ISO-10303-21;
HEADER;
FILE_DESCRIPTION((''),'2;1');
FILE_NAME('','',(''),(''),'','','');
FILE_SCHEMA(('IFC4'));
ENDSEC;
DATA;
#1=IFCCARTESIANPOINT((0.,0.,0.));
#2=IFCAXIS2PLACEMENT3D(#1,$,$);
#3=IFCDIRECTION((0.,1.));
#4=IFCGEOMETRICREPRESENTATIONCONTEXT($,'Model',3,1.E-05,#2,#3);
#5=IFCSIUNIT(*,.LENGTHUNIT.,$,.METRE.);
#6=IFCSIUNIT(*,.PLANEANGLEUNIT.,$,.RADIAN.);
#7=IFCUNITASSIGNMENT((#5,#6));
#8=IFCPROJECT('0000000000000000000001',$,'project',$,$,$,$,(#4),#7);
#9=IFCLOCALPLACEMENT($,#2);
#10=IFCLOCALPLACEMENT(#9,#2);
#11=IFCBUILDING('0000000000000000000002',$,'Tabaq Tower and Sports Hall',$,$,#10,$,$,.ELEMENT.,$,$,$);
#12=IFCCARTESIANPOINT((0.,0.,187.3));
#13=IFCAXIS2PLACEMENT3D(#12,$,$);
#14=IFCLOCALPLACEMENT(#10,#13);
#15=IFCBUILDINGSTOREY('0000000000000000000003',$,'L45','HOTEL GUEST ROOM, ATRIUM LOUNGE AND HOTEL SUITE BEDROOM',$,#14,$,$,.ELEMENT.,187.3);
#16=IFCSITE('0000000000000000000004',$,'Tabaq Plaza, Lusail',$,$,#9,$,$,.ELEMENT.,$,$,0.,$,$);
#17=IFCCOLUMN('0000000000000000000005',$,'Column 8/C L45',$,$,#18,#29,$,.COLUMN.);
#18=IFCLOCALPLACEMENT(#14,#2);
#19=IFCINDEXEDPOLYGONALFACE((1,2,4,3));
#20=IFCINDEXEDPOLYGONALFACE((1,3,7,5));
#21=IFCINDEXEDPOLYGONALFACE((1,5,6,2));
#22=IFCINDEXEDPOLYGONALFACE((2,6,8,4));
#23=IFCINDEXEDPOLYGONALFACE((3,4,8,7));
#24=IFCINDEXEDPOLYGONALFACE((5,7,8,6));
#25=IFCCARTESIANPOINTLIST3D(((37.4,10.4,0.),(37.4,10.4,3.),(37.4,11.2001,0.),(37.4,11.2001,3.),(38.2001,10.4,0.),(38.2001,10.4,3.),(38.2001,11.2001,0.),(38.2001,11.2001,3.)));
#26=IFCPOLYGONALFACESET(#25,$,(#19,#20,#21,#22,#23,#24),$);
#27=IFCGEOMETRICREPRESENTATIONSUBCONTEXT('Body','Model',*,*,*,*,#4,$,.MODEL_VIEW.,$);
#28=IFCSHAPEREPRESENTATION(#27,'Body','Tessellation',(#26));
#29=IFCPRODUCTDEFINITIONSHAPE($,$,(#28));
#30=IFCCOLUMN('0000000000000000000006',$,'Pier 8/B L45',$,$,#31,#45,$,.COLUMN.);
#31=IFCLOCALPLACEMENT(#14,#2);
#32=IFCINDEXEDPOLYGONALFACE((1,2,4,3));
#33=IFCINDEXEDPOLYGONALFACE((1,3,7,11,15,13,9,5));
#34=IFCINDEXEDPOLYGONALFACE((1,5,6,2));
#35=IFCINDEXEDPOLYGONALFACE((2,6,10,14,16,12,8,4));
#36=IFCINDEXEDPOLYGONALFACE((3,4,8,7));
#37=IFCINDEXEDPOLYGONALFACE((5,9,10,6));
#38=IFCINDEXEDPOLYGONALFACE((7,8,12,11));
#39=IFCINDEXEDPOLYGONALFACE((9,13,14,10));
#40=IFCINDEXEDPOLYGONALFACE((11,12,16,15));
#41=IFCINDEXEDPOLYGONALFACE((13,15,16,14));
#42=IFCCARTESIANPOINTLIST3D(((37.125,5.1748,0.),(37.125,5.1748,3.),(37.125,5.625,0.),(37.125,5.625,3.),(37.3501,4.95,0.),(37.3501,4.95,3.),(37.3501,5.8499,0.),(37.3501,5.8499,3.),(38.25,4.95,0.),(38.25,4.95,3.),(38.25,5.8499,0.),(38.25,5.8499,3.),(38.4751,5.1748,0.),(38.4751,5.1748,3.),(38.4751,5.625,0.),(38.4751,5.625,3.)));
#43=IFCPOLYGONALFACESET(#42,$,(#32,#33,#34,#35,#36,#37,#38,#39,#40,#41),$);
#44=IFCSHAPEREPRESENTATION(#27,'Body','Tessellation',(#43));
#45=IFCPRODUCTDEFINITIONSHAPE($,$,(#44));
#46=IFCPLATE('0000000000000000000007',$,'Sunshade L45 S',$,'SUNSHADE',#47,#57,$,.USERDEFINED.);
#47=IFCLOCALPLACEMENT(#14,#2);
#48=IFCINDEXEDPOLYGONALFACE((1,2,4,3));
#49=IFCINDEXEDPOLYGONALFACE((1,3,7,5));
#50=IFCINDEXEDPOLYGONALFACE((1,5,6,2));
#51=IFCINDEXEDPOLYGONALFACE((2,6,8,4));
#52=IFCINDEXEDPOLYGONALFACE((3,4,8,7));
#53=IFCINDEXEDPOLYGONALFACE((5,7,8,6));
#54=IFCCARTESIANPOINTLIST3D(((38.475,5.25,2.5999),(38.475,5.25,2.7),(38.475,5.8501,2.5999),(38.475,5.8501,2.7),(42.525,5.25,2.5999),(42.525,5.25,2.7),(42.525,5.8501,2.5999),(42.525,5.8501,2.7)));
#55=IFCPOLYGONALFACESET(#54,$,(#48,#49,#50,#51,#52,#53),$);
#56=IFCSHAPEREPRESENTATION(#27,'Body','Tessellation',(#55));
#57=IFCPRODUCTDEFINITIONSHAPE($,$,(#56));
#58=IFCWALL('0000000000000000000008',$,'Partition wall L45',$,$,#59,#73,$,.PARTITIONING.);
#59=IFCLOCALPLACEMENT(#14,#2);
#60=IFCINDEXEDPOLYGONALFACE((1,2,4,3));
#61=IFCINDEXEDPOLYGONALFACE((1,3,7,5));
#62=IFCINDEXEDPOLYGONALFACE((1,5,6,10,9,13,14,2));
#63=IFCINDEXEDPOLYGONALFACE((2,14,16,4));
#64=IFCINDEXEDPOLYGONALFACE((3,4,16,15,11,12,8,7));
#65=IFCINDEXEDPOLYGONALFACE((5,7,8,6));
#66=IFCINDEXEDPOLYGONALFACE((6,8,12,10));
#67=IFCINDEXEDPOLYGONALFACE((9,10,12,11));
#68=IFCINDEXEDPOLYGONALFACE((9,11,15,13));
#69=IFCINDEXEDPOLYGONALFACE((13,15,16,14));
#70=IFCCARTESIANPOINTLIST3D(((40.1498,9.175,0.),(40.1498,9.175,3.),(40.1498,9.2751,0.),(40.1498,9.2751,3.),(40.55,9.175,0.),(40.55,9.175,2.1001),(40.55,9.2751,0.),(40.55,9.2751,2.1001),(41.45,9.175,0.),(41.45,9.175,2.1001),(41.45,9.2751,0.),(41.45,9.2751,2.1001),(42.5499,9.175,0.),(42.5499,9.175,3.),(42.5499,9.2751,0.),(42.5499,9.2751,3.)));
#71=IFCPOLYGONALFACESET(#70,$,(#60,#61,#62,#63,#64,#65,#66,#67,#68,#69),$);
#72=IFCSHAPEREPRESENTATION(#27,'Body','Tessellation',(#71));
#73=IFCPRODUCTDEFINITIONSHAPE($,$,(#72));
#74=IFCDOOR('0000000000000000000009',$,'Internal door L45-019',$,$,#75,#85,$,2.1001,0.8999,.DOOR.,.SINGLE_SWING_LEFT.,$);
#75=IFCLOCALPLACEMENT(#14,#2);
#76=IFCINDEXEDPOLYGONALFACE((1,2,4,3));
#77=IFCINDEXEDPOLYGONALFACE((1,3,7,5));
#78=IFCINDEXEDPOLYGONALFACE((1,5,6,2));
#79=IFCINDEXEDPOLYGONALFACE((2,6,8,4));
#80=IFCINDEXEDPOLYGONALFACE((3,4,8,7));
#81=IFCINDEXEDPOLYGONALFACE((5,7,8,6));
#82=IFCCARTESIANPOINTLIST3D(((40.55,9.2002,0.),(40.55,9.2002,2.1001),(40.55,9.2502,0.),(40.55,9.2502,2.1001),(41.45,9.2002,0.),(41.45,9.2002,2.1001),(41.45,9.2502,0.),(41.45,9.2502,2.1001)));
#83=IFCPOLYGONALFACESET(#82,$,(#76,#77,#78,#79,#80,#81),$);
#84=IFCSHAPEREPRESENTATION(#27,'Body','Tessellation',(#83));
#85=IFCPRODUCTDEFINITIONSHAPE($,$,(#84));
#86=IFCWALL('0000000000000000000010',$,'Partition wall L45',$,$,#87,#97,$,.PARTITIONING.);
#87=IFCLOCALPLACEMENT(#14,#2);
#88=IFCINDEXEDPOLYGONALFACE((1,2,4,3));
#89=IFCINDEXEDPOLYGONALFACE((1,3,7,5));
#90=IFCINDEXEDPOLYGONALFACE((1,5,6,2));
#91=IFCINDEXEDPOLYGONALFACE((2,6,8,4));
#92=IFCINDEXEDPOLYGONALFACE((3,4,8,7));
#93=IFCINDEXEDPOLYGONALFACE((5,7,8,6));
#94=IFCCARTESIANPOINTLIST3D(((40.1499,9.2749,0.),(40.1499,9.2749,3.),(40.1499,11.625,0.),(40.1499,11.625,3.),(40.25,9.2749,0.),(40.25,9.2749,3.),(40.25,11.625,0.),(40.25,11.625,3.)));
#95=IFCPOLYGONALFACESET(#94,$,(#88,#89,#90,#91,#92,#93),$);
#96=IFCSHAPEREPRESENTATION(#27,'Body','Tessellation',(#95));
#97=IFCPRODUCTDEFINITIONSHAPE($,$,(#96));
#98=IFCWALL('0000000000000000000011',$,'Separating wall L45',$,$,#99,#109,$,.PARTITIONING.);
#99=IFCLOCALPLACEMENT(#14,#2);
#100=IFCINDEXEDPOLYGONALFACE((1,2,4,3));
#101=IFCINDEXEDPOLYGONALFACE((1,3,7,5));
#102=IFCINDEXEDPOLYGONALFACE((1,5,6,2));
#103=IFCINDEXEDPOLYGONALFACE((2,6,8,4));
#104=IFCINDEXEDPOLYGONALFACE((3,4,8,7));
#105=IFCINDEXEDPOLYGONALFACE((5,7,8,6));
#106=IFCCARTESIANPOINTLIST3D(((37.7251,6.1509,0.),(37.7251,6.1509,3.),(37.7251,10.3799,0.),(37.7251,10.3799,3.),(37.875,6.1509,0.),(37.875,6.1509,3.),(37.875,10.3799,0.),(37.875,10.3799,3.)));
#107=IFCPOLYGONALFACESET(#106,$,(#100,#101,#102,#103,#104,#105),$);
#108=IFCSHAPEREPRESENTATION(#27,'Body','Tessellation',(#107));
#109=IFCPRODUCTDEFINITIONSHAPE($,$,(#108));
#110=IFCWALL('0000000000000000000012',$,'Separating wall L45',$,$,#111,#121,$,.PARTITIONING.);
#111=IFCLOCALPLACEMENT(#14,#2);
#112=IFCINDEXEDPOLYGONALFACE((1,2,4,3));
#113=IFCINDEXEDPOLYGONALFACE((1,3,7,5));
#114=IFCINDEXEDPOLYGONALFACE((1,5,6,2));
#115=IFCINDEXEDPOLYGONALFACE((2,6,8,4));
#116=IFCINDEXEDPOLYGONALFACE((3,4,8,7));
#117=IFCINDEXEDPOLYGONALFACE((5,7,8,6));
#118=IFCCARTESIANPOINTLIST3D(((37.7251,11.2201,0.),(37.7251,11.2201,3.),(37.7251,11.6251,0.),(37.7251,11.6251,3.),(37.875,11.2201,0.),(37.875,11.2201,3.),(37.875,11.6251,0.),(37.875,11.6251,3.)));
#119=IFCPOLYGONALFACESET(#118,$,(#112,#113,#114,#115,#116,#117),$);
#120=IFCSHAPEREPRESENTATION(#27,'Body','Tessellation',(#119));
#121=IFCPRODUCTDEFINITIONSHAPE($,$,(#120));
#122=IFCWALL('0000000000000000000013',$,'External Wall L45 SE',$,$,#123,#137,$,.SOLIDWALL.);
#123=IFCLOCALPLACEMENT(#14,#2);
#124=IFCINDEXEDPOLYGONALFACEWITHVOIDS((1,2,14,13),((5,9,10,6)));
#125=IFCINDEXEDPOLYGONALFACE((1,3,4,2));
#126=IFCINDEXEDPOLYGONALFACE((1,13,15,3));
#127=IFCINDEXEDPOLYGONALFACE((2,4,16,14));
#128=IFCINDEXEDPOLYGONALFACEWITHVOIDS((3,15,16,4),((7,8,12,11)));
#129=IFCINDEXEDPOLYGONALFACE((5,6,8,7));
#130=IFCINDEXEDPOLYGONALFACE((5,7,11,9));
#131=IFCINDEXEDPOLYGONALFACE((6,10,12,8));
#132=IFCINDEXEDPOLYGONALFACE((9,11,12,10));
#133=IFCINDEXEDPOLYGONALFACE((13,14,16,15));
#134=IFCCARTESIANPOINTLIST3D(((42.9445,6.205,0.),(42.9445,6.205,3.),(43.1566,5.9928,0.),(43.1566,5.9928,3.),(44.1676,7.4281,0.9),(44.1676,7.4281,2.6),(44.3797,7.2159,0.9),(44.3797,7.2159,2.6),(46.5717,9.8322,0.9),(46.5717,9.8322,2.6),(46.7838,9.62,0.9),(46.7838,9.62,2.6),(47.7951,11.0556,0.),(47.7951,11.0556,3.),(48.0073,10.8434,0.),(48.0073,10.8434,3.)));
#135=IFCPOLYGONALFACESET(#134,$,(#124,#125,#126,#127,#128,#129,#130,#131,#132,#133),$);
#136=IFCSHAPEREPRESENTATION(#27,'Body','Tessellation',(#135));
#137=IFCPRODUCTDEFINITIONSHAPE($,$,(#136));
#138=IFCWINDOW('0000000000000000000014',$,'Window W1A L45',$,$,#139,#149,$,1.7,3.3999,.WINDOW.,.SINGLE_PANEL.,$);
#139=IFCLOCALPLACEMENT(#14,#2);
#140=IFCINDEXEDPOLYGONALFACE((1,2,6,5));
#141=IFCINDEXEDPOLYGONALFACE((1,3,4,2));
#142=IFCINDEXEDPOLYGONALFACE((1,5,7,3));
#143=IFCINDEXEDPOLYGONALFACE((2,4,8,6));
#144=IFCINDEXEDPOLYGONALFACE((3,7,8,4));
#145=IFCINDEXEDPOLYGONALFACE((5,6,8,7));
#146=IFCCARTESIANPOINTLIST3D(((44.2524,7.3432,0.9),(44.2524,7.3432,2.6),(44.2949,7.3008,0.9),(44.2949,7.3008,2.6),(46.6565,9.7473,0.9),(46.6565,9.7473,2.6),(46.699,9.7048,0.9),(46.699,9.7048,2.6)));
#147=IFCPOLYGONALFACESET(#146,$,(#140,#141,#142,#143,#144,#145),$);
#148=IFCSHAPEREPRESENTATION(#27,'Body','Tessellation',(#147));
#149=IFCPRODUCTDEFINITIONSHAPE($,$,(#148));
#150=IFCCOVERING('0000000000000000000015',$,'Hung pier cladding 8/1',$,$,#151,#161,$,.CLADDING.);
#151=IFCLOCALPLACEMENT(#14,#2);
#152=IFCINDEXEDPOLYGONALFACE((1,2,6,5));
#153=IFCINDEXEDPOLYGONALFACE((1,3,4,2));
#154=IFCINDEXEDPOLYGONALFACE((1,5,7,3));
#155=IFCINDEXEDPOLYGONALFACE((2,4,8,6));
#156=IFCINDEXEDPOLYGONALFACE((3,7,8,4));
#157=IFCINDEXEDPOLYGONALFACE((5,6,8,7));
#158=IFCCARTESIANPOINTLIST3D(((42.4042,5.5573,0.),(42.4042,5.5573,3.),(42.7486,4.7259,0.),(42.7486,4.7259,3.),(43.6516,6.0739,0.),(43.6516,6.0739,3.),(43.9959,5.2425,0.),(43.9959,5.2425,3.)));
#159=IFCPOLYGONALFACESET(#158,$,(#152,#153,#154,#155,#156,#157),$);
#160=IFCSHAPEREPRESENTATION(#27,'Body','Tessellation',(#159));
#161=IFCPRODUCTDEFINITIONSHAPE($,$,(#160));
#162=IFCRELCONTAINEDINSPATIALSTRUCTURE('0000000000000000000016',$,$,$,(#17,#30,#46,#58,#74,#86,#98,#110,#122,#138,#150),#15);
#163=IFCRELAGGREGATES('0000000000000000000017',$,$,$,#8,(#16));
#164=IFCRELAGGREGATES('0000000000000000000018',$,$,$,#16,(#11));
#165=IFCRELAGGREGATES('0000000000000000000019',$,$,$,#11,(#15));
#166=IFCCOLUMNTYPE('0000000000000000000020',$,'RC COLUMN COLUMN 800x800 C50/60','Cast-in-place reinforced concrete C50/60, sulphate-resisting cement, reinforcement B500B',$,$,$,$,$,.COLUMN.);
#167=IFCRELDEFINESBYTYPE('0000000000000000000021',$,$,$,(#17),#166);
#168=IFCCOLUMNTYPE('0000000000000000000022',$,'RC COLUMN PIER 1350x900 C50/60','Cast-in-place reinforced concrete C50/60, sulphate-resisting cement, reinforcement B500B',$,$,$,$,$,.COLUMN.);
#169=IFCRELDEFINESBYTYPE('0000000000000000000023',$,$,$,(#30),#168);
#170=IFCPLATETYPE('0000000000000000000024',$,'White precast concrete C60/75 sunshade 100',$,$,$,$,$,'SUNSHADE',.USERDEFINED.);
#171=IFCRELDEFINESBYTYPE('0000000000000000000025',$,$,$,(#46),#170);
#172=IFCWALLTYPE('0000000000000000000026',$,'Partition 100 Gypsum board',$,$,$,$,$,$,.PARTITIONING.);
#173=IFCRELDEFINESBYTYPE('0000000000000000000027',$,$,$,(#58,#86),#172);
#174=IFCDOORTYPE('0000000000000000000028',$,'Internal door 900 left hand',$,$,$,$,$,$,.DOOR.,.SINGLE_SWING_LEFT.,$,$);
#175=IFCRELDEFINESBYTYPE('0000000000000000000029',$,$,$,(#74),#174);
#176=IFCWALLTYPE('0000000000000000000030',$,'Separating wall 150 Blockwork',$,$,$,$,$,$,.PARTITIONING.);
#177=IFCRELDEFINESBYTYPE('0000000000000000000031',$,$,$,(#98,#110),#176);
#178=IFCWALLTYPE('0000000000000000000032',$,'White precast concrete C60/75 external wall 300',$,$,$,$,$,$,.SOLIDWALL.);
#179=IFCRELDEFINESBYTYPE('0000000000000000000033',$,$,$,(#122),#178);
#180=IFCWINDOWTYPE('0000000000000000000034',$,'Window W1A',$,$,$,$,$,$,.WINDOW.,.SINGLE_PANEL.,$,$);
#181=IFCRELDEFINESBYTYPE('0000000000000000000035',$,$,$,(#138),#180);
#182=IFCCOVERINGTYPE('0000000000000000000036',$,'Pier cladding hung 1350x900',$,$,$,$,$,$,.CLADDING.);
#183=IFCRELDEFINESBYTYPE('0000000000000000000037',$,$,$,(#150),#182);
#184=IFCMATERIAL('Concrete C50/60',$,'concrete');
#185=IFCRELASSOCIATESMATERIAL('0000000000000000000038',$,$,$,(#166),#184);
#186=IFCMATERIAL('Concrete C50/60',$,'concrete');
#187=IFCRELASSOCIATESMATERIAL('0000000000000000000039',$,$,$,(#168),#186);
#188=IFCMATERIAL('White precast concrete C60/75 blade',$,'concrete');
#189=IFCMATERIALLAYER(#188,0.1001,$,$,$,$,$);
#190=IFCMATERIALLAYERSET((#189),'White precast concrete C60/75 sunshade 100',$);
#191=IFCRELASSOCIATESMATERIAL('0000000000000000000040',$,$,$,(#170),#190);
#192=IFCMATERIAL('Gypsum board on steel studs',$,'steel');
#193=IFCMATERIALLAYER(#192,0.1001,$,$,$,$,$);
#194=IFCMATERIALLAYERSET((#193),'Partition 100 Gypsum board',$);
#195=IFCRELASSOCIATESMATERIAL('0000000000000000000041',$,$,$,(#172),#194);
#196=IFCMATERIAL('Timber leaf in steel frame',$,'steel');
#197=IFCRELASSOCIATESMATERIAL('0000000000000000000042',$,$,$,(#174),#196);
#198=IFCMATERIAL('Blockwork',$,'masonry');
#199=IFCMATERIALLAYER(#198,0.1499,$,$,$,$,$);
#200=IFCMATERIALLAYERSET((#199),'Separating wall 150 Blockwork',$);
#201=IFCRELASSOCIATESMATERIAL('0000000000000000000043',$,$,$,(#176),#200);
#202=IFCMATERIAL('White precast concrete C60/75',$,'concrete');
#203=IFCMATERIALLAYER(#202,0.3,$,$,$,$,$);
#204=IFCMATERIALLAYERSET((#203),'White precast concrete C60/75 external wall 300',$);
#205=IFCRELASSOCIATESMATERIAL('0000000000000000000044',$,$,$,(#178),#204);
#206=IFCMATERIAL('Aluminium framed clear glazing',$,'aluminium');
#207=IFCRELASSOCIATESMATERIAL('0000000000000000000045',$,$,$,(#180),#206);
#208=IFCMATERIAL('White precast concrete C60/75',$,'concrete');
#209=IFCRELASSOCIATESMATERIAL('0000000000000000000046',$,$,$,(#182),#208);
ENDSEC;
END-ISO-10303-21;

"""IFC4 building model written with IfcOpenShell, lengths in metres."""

from ifc_helpers import new_model, si_unit, direction, frame, frame_2d, origin, origin_2d, place, context, subcontext, project, spatial, polyline, rectangle, outline, extrude, material, layer, layer_set, material_profile, profile_set, type_object, element, fill, save


model = new_model("IFC4")

# Units and contexts
model_context = context("Model", 3, precision=1e-05, world=origin(), true_north=direction((0.0, 1.0)))
body_context = subcontext(model_context, "Body", "Model", "MODEL_VIEW")
ifc_project = project(units=[si_unit("LENGTHUNIT", "METRE"), si_unit("PLANEANGLEUNIT", "RADIAN")], contexts=[model_context])

# Site, building, storey
site_placement = place(None, origin())
site = spatial("IfcSite", under=ifc_project, at=site_placement, Name="Tabaq Plaza, Lusail", CompositionType="ELEMENT", RefElevation=0.0)
building_placement = place(site_placement, origin())
building = spatial("IfcBuilding", under=site, at=building_placement, Name="Tabaq Tower and Sports Hall", CompositionType="ELEMENT")
storey_placement = place(building_placement, frame((0.0, 0.0, 187.3)))
storey = spatial("IfcBuildingStorey", under=building, at=storey_placement, Name="L45", Description="HOTEL GUEST ROOM, ATRIUM LOUNGE AND HOTEL SUITE BEDROOM", CompositionType="ELEMENT", Elevation=187.3)

# Columns
ifc_material_1 = material(Name="Concrete C50/60", Category="concrete")
ifc_material_profile_1 = material_profile(ifc_material_1, rectangle(XDim=0.8, YDim=0.8, at=origin_2d()), Name="COLUMN 800x800")
ifc_profile_set_1 = profile_set([ifc_material_profile_1], Name="Concrete C50/60")
column_type_1 = type_object("IfcColumnType", Name="RC COLUMN COLUMN 800x800 C50/60", Description="Cast-in-place reinforced concrete C50/60, sulphate-resisting cement, reinforcement B500B", PredefinedType="COLUMN", material=ifc_profile_set_1)
column_1_placement = place(storey_placement, frame((37.8, 10.8, 0.0), z_axis=(0.0, 0.0, 1.0), x_axis=(1.0, 0.0, 0.0)))
element("IfcColumn", 1, at=column_1_placement, inside=storey, type_object=column_type_1, Name="Column 8/C L45", PredefinedType="COLUMN", context=body_context, shape_type="SweptSolid", body=[
    extrude(rectangle(XDim=0.8, YDim=0.8, at=origin_2d()), origin(), (0.0, 0.0, 1.0), 3.0),
])
ifc_material_2 = material(Name="Concrete C50/60", Category="concrete")
ifc_material_profile_2 = material_profile(ifc_material_2, outline(polyline([(-0.45, -0.45), (0.45, -0.45), (0.675, -0.2251), (0.675, 0.2251), (0.45, 0.45), (-0.45, 0.45), (-0.675, 0.2251), (-0.675, -0.2251), (-0.45, -0.45)])), Name="PIER 1350x900")
ifc_profile_set_2 = profile_set([ifc_material_profile_2], Name="Concrete C50/60")
column_type_2 = type_object("IfcColumnType", Name="RC COLUMN PIER 1350x900 C50/60", Description="Cast-in-place reinforced concrete C50/60, sulphate-resisting cement, reinforcement B500B", PredefinedType="COLUMN", material=ifc_profile_set_2)
column_2_placement = place(storey_placement, frame((37.8, 5.3999, 0.0), z_axis=(0.0, 0.0, 1.0), x_axis=(1.0, 0.0, 0.0)))
element("IfcColumn", 2, at=column_2_placement, inside=storey, type_object=column_type_2, Name="Pier 8/B L45", PredefinedType="COLUMN", context=body_context, shape_type="SweptSolid", body=[
    extrude(outline(polyline([(-0.45, -0.45), (0.45, -0.45), (0.675, -0.2251), (0.675, 0.2251), (0.45, 0.45), (-0.45, 0.45), (-0.675, 0.2251), (-0.675, -0.2251), (-0.45, -0.45)])), origin(), (0.0, 0.0, 1.0), 3.0),
])

# Plate
ifc_material_3 = material(Name="White precast concrete C60/75 blade", Category="concrete")
ifc_layer_1 = layer(ifc_material_3, 0.1001)
ifc_layer_set_1 = layer_set([ifc_layer_1], Name="White precast concrete C60/75 sunshade 100")
plate_type = type_object("IfcPlateType", Name="White precast concrete C60/75 sunshade 100", ElementType="SUNSHADE", PredefinedType="USERDEFINED", material=ifc_layer_set_1)
plate_placement = place(storey_placement, frame((40.5, 5.55, 2.5999), z_axis=(0.0, 0.0, 1.0), x_axis=(1.0, 0.0, 0.0)))
element("IfcPlate", 3, at=plate_placement, inside=storey, type_object=plate_type, Name="Sunshade L45 S", ObjectType="SUNSHADE", PredefinedType="USERDEFINED", context=body_context, shape_type="SweptSolid", body=[
    extrude(rectangle(XDim=4.05, YDim=0.6001, at=origin_2d()), origin(), (0.0, 0.0, 1.0), 0.1001),
])

# Wall, opening, door
ifc_material_4 = material(Name="Gypsum board on steel studs", Category="steel")
ifc_layer_2 = layer(ifc_material_4, 0.1001)
ifc_layer_set_2 = layer_set([ifc_layer_2], Name="Partition 100 Gypsum board")
wall_type_1 = type_object("IfcWallType", Name="Partition 100 Gypsum board", PredefinedType="PARTITIONING", material=ifc_layer_set_2)
wall_1_placement = place(storey_placement, frame((42.55, 9.2251, 0.0), z_axis=(0.0, 0.0, 1.0), x_axis=(-1.0, 0.0, 0.0)))
wall_1 = element("IfcWall", 4, at=wall_1_placement, inside=storey, type_object=wall_type_1, Name="Partition wall L45", PredefinedType="PARTITIONING", context=body_context, shape_type="SweptSolid", body=[
    extrude(rectangle(XDim=2.4001, YDim=0.1001, at=frame_2d((1.2002, 0.0))), origin(), (0.0, 0.0, 1.0), 3.0),
])
opening_1_placement = place(wall_1_placement, frame((1.1001, 0.0, 0.0)))
opening_1 = element("IfcOpeningElement", 5, at=opening_1_placement, cuts=wall_1, PredefinedType="OPENING", context=body_context, shape_type="SweptSolid", body=[
    extrude(rectangle(XDim=0.8999, YDim=2.1001, at=frame_2d((0.45, 1.05))), frame((0.0, 0.05, 0.0), z_axis=(0.0, -1.0, 0.0), x_axis=(1.0, 0.0, 0.0)), (0.0, 0.0, 1.0), 0.1001),
])
ifc_material_5 = material(Name="Timber leaf in steel frame", Category="steel")
door_type = type_object("IfcDoorType", Name="Internal door 900 left hand", OperationType="SINGLE_SWING_LEFT", PredefinedType="DOOR", material=ifc_material_5)
door_placement = place(opening_1_placement, origin())
door = element("IfcDoor", 6, at=door_placement, inside=storey, type_object=door_type, Name="Internal door L45-019", OperationType="SINGLE_SWING_LEFT", OverallHeight=2.1001, OverallWidth=0.8999, PredefinedType="DOOR", context=body_context, shape_type="SweptSolid", body=[
    extrude(rectangle(XDim=0.8999, YDim=2.1001, at=frame_2d((0.45, 1.05))), frame((0.0, 0.0249, 0.0), z_axis=(0.0, -1.0, 0.0), x_axis=(1.0, 0.0, 0.0)), (0.0, 0.0, 1.0), 0.05),
])
fill(opening_1, door)

# Walls
wall_2_placement = place(storey_placement, frame((40.2, 9.2749, 0.0), z_axis=(0.0, 0.0, 1.0), x_axis=(0.0, 1.0, 0.0)))
element("IfcWall", 7, at=wall_2_placement, inside=storey, type_object=wall_type_1, Name="Partition wall L45", PredefinedType="PARTITIONING", context=body_context, shape_type="SweptSolid", body=[
    extrude(rectangle(XDim=2.3501, YDim=0.1001, at=frame_2d((1.175, 0.0))), origin(), (0.0, 0.0, 1.0), 3.0),
])
ifc_material_6 = material(Name="Blockwork", Category="masonry")
ifc_layer_3 = layer(ifc_material_6, 0.1499)
ifc_layer_set_3 = layer_set([ifc_layer_3], Name="Separating wall 150 Blockwork")
wall_type_2 = type_object("IfcWallType", Name="Separating wall 150 Blockwork", PredefinedType="PARTITIONING", material=ifc_layer_set_3)
wall_3_placement = place(storey_placement, frame((37.8, 6.1509, 0.0), z_axis=(0.0, 0.0, 1.0), x_axis=(0.0, 1.0, 0.0)))
element("IfcWall", 8, at=wall_3_placement, inside=storey, type_object=wall_type_2, Name="Separating wall L45", PredefinedType="PARTITIONING", context=body_context, shape_type="SweptSolid", body=[
    extrude(rectangle(XDim=4.229, YDim=0.1499, at=frame_2d((2.1145, 0.0))), origin(), (0.0, 0.0, 1.0), 3.0),
])
wall_4_placement = place(storey_placement, frame((37.8, 11.22, 0.0), z_axis=(0.0, 0.0, 1.0), x_axis=(0.0, 1.0, 0.0)))
element("IfcWall", 9, at=wall_4_placement, inside=storey, type_object=wall_type_2, Name="Separating wall L45", PredefinedType="PARTITIONING", context=body_context, shape_type="SweptSolid", body=[
    extrude(rectangle(XDim=0.405, YDim=0.1499, at=frame_2d((0.2026, 0.0))), origin(), (0.0, 0.0, 1.0), 3.0),
])

# Wall, opening, window
ifc_material_7 = material(Name="White precast concrete C60/75", Category="concrete")
ifc_layer_4 = layer(ifc_material_7, 0.3)
ifc_layer_set_4 = layer_set([ifc_layer_4], Name="White precast concrete C60/75 external wall 300")
wall_type_3 = type_object("IfcWallType", Name="White precast concrete C60/75 external wall 300", PredefinedType="SOLIDWALL", material=ifc_layer_set_4)
wall_5_placement = place(storey_placement, frame((43.0505, 6.0989, 0.0), z_axis=(0.0, 0.0, 1.0), x_axis=(0.707107, 0.707107, 0.0)))
wall_5 = element("IfcWall", 10, at=wall_5_placement, inside=storey, type_object=wall_type_3, Name="External Wall L45 SE", PredefinedType="SOLIDWALL", context=body_context, shape_type="SweptSolid", body=[
    extrude(rectangle(XDim=6.8599, YDim=0.3, at=frame_2d((3.4299, 0.0))), origin(), (0.0, 0.0, 1.0), 3.0),
])
opening_2_placement = place(wall_5_placement, frame((1.7297, 0.0, 0.8999)))
opening_2 = element("IfcOpeningElement", 11, at=opening_2_placement, cuts=wall_5, PredefinedType="OPENING", context=body_context, shape_type="SweptSolid", body=[
    extrude(rectangle(XDim=3.3999, YDim=1.7, at=frame_2d((1.7, 0.8501))), frame((0.0, 0.1602, 0.0), z_axis=(0.0, -1.0, 0.0), x_axis=(1.0, 0.0, 0.0)), (0.0, 0.0, 1.0), 0.3201),
])
ifc_material_8 = material(Name="Aluminium framed clear glazing", Category="aluminium")
window_type = type_object("IfcWindowType", Name="Window W1A", PartitioningType="SINGLE_PANEL", PredefinedType="WINDOW", material=ifc_material_8)
window_placement = place(opening_2_placement, origin())
window = element("IfcWindow", 12, at=window_placement, inside=storey, type_object=window_type, Name="Window W1A L45", OverallHeight=1.7, OverallWidth=3.3999, PartitioningType="SINGLE_PANEL", PredefinedType="WINDOW", context=body_context, shape_type="SweptSolid", body=[
    extrude(rectangle(XDim=3.3999, YDim=1.7, at=frame_2d((1.7, 0.8501))), frame((0.0, 0.03, 0.0), z_axis=(0.0, -1.0, 0.0), x_axis=(1.0, 0.0, 0.0)), (0.0, 0.0, 1.0), 0.0601),
])
fill(opening_2, window)

# Covering
ifc_material_9 = material(Name="White precast concrete C60/75", Category="concrete")
covering_type_1 = type_object("IfcCoveringType", Name="Pier cladding hung 1350x900", PredefinedType="CLADDING", material=ifc_material_9)
covering_1_placement = place(storey_placement, frame((42.5764, 5.1416, 0.0), z_axis=(0.0, 0.0, 1.0), x_axis=(0.923893, 0.38265, 0.0)))
element("IfcCovering", 13, at=covering_1_placement, inside=storey, type_object=covering_type_1, Name="Hung pier cladding 8/1", PredefinedType="CLADDING", context=body_context, shape_type="SweptSolid", body=[
    extrude(rectangle(XDim=1.3501, YDim=0.8999, at=frame_2d((0.675, 0.0))), origin(), (0.0, 0.0, 1.0), 3.0),
])

save(model, "model.ifc")
